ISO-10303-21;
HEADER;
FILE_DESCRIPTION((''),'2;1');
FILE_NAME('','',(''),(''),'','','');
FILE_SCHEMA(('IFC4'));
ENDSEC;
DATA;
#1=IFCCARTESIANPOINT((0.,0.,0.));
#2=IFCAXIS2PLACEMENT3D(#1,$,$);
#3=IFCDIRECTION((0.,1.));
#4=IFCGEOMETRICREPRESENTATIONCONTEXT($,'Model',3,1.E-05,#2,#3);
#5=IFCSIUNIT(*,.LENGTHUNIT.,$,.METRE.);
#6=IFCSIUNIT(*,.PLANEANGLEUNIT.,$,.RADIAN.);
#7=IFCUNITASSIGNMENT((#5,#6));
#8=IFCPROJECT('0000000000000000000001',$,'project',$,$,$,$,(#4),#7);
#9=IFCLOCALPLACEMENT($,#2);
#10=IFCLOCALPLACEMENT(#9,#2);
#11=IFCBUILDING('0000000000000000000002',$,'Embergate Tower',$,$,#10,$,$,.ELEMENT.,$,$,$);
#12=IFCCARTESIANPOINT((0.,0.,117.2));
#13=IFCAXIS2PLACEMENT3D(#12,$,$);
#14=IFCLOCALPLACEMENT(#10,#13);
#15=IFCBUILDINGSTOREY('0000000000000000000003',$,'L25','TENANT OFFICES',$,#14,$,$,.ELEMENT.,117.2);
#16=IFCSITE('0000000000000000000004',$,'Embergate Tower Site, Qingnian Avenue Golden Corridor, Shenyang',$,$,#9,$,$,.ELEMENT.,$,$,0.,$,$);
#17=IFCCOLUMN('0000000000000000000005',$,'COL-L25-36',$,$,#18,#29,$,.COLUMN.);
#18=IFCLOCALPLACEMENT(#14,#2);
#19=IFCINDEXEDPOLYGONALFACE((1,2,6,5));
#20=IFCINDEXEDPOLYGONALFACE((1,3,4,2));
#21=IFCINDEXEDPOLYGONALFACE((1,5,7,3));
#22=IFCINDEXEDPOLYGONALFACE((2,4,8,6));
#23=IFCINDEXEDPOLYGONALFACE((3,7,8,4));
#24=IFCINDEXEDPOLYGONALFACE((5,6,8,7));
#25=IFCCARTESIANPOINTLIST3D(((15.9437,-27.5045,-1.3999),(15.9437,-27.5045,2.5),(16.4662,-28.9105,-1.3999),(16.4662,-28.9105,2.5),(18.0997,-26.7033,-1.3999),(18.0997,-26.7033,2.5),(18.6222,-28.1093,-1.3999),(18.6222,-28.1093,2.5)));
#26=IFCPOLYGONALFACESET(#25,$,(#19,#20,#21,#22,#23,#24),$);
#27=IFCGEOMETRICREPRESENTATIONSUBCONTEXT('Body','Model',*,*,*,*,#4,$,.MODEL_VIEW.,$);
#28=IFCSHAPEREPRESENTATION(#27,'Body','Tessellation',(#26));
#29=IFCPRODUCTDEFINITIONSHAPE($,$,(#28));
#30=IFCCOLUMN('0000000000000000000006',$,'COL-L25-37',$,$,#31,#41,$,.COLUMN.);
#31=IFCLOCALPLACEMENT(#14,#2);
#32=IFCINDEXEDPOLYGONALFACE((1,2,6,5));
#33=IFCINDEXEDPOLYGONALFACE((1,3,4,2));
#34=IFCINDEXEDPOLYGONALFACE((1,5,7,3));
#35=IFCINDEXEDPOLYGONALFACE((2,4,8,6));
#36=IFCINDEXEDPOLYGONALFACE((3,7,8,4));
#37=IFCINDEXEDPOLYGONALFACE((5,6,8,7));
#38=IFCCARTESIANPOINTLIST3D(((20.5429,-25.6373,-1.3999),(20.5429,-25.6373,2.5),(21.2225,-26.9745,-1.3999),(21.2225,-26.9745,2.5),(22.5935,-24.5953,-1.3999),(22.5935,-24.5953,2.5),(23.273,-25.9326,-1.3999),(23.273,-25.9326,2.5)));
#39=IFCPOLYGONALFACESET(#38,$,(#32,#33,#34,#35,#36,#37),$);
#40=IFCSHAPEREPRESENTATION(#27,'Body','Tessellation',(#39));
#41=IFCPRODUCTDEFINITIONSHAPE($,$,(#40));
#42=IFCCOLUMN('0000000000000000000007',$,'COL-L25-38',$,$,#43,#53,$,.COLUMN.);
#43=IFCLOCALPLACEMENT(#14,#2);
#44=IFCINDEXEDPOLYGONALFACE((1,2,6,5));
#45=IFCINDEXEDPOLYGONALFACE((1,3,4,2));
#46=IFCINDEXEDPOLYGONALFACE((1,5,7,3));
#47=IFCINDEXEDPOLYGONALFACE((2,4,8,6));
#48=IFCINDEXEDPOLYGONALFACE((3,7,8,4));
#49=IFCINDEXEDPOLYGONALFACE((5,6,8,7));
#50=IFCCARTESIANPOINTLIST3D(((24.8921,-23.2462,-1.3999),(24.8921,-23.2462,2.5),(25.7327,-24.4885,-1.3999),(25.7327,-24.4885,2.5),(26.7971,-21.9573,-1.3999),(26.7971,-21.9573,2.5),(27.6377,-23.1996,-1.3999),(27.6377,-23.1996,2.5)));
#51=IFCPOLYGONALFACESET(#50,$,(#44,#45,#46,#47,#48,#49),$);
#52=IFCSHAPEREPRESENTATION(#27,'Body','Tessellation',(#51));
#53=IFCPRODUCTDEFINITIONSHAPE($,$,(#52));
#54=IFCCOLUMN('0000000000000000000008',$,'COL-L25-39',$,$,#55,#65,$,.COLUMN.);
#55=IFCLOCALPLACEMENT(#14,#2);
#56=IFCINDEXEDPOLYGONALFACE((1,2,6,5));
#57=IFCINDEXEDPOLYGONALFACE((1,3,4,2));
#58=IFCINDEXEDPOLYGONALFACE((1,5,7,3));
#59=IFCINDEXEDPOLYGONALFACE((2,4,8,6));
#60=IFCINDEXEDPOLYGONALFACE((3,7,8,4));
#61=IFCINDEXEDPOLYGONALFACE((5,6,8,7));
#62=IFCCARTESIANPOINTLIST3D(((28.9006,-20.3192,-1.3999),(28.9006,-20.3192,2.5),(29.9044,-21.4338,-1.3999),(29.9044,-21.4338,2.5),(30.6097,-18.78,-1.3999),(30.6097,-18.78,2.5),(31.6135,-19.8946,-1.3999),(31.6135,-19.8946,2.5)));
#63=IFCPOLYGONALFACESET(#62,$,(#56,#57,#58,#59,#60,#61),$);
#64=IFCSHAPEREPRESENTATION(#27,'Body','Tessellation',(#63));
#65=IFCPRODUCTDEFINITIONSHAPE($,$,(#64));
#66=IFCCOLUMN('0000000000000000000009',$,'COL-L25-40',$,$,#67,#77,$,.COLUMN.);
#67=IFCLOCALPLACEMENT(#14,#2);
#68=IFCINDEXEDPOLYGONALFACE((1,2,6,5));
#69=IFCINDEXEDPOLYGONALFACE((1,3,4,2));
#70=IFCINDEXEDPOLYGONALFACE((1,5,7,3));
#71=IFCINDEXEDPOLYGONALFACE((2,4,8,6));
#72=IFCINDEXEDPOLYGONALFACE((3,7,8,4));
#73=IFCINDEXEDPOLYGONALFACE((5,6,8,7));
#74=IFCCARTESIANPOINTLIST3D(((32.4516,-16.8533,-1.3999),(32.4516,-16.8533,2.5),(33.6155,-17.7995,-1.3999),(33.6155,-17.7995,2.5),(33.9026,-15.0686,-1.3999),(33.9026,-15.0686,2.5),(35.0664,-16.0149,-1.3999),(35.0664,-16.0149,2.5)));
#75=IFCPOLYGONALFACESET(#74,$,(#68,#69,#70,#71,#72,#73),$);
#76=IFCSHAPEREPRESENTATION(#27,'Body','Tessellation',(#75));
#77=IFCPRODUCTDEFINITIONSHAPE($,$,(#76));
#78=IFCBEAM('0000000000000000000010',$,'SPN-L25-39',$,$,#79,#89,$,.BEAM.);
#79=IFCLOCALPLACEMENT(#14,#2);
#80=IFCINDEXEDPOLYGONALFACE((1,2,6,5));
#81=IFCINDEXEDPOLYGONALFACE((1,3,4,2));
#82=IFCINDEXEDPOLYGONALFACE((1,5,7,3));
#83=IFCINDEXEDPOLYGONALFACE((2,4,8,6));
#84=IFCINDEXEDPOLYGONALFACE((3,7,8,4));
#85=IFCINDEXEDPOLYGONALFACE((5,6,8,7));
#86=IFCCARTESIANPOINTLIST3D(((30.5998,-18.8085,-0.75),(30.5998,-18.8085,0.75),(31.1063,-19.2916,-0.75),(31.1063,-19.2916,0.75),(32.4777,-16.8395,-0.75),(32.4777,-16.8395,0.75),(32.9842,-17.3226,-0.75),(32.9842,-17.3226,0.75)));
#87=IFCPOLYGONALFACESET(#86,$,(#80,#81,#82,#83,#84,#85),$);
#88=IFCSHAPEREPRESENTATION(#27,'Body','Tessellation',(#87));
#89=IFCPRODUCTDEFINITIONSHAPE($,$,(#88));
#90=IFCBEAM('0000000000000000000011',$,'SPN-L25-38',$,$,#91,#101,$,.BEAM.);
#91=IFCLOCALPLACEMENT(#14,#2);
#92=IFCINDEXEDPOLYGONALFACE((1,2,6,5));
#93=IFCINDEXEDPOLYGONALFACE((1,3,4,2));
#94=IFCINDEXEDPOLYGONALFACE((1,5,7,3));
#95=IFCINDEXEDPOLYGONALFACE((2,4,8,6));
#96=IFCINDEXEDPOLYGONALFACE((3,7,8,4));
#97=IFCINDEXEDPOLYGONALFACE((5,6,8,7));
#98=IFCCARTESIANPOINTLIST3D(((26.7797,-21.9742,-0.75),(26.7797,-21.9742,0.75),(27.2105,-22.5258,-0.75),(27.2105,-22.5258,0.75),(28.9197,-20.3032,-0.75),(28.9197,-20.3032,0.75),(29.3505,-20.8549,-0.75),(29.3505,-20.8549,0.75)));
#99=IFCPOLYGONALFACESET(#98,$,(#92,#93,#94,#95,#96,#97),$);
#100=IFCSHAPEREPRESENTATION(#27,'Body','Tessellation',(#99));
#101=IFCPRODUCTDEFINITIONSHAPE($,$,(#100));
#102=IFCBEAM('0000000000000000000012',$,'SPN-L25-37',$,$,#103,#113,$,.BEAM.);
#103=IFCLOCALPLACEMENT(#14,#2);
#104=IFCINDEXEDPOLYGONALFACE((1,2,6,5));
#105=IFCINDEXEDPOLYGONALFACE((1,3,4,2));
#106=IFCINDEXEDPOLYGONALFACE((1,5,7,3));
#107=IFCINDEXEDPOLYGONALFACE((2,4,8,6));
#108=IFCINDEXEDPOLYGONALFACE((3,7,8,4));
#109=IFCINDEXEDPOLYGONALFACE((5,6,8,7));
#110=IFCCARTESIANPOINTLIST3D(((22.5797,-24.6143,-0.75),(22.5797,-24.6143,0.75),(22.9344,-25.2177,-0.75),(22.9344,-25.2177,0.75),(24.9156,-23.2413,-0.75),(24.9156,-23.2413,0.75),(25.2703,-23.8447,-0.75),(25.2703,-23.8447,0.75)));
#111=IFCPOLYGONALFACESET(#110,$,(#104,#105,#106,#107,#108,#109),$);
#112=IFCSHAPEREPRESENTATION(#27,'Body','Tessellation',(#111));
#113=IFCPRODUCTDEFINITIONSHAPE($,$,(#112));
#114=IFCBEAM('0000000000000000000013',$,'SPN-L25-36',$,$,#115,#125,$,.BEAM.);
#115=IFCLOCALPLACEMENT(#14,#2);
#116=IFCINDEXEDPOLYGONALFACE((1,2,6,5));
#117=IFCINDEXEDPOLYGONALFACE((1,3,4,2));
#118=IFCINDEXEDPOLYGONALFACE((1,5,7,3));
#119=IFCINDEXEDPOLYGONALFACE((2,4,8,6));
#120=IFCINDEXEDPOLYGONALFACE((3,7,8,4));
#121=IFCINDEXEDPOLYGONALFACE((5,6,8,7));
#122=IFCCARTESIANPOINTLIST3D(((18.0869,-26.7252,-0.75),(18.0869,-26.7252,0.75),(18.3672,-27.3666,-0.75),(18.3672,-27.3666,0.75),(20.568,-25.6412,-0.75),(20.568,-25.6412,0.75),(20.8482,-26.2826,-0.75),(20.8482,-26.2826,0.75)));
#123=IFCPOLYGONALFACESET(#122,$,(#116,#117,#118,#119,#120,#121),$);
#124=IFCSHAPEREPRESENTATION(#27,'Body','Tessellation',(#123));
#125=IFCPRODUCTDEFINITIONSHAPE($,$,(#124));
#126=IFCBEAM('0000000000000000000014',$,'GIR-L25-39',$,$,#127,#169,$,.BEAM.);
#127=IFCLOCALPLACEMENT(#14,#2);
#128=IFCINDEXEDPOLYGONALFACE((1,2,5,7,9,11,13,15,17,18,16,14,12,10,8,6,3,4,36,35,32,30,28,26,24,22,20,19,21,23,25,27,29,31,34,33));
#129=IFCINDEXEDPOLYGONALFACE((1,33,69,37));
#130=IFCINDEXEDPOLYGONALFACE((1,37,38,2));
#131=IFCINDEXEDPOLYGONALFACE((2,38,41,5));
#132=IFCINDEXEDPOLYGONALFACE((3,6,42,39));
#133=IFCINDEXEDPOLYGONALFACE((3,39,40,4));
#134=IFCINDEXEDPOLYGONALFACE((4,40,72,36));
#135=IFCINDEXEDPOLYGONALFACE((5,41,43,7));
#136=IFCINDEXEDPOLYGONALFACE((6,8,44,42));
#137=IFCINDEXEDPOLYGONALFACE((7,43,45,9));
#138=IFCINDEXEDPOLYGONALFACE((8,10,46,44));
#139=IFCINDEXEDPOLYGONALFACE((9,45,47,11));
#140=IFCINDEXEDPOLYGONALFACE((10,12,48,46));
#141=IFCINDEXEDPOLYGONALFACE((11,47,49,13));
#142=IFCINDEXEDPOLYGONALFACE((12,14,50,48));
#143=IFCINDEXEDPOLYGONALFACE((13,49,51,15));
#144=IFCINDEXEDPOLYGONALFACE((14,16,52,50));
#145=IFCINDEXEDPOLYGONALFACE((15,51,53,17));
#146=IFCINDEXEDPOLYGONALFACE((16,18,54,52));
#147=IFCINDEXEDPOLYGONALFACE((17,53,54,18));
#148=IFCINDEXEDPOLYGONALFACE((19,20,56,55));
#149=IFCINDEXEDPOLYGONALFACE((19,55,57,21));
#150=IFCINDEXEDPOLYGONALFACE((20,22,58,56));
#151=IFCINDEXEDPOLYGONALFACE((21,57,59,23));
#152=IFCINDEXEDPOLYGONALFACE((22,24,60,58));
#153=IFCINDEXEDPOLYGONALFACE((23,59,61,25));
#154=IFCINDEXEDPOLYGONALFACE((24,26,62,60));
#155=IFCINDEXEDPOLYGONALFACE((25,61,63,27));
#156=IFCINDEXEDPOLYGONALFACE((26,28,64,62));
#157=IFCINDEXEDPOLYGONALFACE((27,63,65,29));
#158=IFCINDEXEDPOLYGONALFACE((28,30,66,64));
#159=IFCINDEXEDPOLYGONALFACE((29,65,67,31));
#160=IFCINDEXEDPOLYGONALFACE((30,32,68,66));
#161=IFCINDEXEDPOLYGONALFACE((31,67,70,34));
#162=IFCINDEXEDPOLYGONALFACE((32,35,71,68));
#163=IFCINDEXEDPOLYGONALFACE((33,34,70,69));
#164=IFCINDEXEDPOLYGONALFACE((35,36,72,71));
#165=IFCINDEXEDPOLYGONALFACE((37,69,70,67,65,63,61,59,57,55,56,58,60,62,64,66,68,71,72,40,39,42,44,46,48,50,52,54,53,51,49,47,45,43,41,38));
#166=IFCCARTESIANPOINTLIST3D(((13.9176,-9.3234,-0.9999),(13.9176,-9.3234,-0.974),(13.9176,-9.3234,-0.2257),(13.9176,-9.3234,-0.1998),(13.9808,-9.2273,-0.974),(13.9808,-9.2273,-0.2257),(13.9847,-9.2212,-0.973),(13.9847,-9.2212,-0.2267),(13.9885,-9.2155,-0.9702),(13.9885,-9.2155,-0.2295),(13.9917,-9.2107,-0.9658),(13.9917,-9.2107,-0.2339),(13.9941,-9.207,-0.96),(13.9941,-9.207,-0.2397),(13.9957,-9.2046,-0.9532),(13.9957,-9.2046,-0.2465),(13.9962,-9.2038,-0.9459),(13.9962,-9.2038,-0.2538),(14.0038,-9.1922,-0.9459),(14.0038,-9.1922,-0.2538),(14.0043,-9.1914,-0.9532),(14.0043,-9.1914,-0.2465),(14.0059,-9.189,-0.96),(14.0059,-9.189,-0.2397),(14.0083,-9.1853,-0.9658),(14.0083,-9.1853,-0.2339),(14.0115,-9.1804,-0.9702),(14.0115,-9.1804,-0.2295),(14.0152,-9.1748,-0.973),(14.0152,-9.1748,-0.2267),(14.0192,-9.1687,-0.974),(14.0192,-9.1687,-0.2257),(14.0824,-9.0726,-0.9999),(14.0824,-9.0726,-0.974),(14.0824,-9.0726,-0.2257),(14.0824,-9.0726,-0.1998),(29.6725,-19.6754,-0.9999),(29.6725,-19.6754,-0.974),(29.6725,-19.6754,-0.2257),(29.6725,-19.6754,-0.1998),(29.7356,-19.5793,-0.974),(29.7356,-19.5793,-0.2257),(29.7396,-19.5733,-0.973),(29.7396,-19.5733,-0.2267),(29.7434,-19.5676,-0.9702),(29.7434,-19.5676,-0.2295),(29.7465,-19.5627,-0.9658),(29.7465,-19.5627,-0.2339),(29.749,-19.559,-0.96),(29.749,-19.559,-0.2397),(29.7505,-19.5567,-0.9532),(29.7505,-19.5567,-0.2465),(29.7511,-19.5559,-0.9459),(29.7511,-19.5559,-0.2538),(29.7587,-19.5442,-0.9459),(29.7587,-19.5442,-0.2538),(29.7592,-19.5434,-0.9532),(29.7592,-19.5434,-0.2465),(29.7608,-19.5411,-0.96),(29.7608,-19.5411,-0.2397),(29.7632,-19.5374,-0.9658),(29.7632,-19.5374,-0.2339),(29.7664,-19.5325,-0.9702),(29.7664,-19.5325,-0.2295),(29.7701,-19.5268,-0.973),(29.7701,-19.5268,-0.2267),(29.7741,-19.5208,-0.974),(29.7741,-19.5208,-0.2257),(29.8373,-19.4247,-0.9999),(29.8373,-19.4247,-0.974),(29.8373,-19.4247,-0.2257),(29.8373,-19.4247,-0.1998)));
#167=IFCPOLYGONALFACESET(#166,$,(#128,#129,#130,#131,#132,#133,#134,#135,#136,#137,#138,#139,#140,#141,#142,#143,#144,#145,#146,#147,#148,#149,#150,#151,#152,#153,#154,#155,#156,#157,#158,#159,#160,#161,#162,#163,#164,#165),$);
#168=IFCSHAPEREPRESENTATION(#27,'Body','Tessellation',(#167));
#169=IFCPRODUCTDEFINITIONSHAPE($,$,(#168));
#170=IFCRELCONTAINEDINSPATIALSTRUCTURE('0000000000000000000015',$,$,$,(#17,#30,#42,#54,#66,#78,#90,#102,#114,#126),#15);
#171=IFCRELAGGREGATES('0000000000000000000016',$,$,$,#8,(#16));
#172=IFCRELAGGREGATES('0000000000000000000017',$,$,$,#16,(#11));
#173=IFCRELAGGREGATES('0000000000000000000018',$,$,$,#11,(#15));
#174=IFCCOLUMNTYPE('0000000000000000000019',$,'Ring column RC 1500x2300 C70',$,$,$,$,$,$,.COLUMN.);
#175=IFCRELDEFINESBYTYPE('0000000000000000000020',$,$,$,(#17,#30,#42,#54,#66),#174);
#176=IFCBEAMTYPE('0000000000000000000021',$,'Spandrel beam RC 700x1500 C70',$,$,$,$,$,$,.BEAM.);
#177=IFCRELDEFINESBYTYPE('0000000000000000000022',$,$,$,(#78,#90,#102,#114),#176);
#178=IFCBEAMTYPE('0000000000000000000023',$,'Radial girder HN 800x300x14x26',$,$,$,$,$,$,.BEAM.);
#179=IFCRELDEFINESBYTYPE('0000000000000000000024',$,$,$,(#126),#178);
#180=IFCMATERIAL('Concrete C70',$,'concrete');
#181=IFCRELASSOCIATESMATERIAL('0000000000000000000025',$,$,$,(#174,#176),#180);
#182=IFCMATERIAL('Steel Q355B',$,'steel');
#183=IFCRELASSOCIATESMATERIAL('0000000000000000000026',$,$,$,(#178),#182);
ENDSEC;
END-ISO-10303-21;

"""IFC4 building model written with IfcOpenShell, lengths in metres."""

from ifc_helpers import new_model, si_unit, direction, frame, origin, origin_2d, place, context, subcontext, project, spatial, rectangle, i_section, extrude, source, transform, mapped, material, material_profile, profile_set, type_object, element, save


model = new_model("IFC4")

# Units and contexts
model_context = context("Model", 3, precision=1e-05, world=origin(), true_north=direction((0.0, 1.0)))
body_context = subcontext(model_context, "Body", "Model", "MODEL_VIEW")
ifc_project = project(units=[si_unit("LENGTHUNIT", "METRE"), si_unit("PLANEANGLEUNIT", "RADIAN")], contexts=[model_context])

# Site, building, storey
site_placement = place(None, origin())
site = spatial("IfcSite", under=ifc_project, at=site_placement, Name="Embergate Tower Site, Qingnian Avenue Golden Corridor, Shenyang", CompositionType="ELEMENT", RefElevation=0.0)
building_placement = place(site_placement, origin())
building = spatial("IfcBuilding", under=site, at=building_placement, Name="Embergate Tower", CompositionType="ELEMENT")
storey_placement = place(building_placement, frame((0.0, 0.0, 117.2)))
storey = spatial("IfcBuildingStorey", under=building, at=storey_placement, Name="L25", Description="TENANT OFFICES", CompositionType="ELEMENT", Elevation=117.2)

# Columns
ifc_material_1 = material(Name="Concrete C70", Category="concrete")
ifc_material_profile_1 = material_profile(ifc_material_1, rectangle(XDim=1.5, YDim=2.3, at=origin_2d()), Name="RC 1500x2300")
ifc_profile_set_1 = profile_set([ifc_material_profile_1], Name="Concrete C70")
column_type = type_object("IfcColumnType", Name="Ring column RC 1500x2300 C70", PredefinedType="COLUMN", material=ifc_profile_set_1)
shared_shape_1 = source(origin(), body_context, "Body", "SweptSolid", [
    extrude(rectangle(XDim=1.5, YDim=2.3, at=origin_2d()), origin(), (0.0, 0.0, 1.0), 3.8999),
])
for number, where, z_axis, x_axis, name in (
    (1, (17.283, -27.8069, -1.3999), (0.0, 0.0, 1.0), (0.348343, -0.937367, 0.0), "COL-L25-36"),
    (2, (21.908, -25.7849, -1.3999), (0.0, 0.0, 1.0), (0.453011, -0.891505, 0.0), "COL-L25-37"),
    (3, (26.2649, -23.2229, -1.3999), (0.0, 0.0, 1.0), (0.560393, -0.828227, 0.0), "COL-L25-38"),
    (4, (30.2571, -20.1069, -1.3999), (0.0, 0.0, 1.0), (0.669208, -0.743075, 0.0), "COL-L25-39"),
    (5, (33.759, -16.4341, -1.3999), (0.0, 0.0, 1.0), (0.775925, -0.630825, 0.0), "COL-L25-40"),
):
    element("IfcColumn", number, at=place(storey_placement, frame(where, z_axis=z_axis, x_axis=x_axis)), inside=storey, type_object=column_type, Name=name, PredefinedType="COLUMN", context=body_context, shape_type="MappedRepresentation", body=[
        mapped(shared_shape_1, transform((0.0, 0.0, 0.0))),
    ])

# Beams
ifc_material_profile_2 = material_profile(ifc_material_1, rectangle(XDim=0.7, YDim=1.5, at=origin_2d()), Name="RC 700x1500")
ifc_profile_set_2 = profile_set([ifc_material_profile_2], Name="Concrete C70")
beam_type_1 = type_object("IfcBeamType", Name="Spandrel beam RC 700x1500 C70", PredefinedType="BEAM", material=ifc_profile_set_2)
shared_shape_2 = source(origin(), body_context, "Body", "SweptSolid", [
    extrude(rectangle(XDim=0.7, YDim=1.5, at=origin_2d()), origin(), (0.0, 0.0, 1.0), 2.7209),
])
beam_1_placement = place(storey_placement, frame((30.853, -19.05, 0.0), z_axis=(0.690175, 0.723643, 0.0), x_axis=(-0.723643, 0.690175, 0.0)))
element("IfcBeam", 6, at=beam_1_placement, inside=storey, type_object=beam_type_1, Name="SPN-L25-39", PredefinedType="BEAM", context=body_context, shape_type="MappedRepresentation", body=[
    mapped(shared_shape_2, transform((0.0, 0.0, 0.0))),
])
shared_shape_3 = source(origin(), body_context, "Body", "SweptSolid", [
    extrude(rectangle(XDim=0.7, YDim=1.5, at=origin_2d()), origin(), (0.0, 0.0, 1.0), 2.7151),
])
beam_2_placement = place(storey_placement, frame((26.9951, -22.25, 0.0), z_axis=(0.788184, 0.61544, 0.0), x_axis=(-0.61544, 0.788184, 0.0)))
element("IfcBeam", 7, at=beam_2_placement, inside=storey, type_object=beam_type_1, Name="SPN-L25-38", PredefinedType="BEAM", context=body_context, shape_type="MappedRepresentation", body=[
    mapped(shared_shape_3, transform((0.0, 0.0, 0.0))),
])
shared_shape_4 = source(origin(), body_context, "Body", "SweptSolid", [
    extrude(rectangle(XDim=0.7, YDim=1.5, at=origin_2d()), origin(), (0.0, 0.0, 1.0), 2.7095),
])
beam_3_placement = place(storey_placement, frame((22.7571, -24.916, 0.0), z_axis=(0.862101, 0.506737, 0.0), x_axis=(-0.506737, 0.862101, 0.0)))
element("IfcBeam", 8, at=beam_3_placement, inside=storey, type_object=beam_type_1, Name="SPN-L25-37", PredefinedType="BEAM", context=body_context, shape_type="MappedRepresentation", body=[
    mapped(shared_shape_4, transform((0.0, 0.0, 0.0))),
])
shared_shape_5 = source(origin(), body_context, "Body", "SweptSolid", [
    extrude(rectangle(XDim=0.7, YDim=1.5, at=origin_2d()), origin(), (0.0, 0.0, 1.0), 2.7075),
])
beam_4_placement = place(storey_placement, frame((18.2271, -27.0459, 0.0), z_axis=(0.916352, 0.400374, 0.0), x_axis=(-0.400374, 0.916352, 0.0)))
element("IfcBeam", 9, at=beam_4_placement, inside=storey, type_object=beam_type_1, Name="SPN-L25-36", PredefinedType="BEAM", context=body_context, shape_type="MappedRepresentation", body=[
    mapped(shared_shape_5, transform((0.0, 0.0, 0.0))),
])
ifc_material_2 = material(Name="Steel Q355B", Category="steel")
ifc_material_profile_3 = material_profile(ifc_material_2, i_section(OverallWidth=0.3, OverallDepth=0.8, WebThickness=0.0139, FlangeThickness=0.0259, FilletRadius=0.0281, at=origin_2d()), Name="HN 800x300x14x26")
ifc_profile_set_3 = profile_set([ifc_material_profile_3], Name="Steel Q355 grade B")
beam_type_2 = type_object("IfcBeamType", Name="Radial girder HN 800x300x14x26", PredefinedType="BEAM", material=ifc_profile_set_3)
shared_shape_6 = source(origin(), body_context, "Body", "SweptSolid", [
    extrude(i_section(OverallWidth=0.3, OverallDepth=0.8, WebThickness=0.0139, FlangeThickness=0.0259, FilletRadius=0.0281, at=origin_2d()), origin(), (0.0, 0.0, 1.0), 18.8516),
])
beam_5_placement = place(storey_placement, frame((29.7549, -19.55, -0.5999), z_axis=(-0.835734, 0.549135, 0.0), x_axis=(-0.549135, -0.835734, 0.0)))
element("IfcBeam", 10, at=beam_5_placement, inside=storey, type_object=beam_type_2, Name="GIR-L25-39", PredefinedType="BEAM", context=body_context, shape_type="MappedRepresentation", body=[
    mapped(shared_shape_6, transform((0.0, 0.0, 0.0))),
])

save(model, "model.ifc")
